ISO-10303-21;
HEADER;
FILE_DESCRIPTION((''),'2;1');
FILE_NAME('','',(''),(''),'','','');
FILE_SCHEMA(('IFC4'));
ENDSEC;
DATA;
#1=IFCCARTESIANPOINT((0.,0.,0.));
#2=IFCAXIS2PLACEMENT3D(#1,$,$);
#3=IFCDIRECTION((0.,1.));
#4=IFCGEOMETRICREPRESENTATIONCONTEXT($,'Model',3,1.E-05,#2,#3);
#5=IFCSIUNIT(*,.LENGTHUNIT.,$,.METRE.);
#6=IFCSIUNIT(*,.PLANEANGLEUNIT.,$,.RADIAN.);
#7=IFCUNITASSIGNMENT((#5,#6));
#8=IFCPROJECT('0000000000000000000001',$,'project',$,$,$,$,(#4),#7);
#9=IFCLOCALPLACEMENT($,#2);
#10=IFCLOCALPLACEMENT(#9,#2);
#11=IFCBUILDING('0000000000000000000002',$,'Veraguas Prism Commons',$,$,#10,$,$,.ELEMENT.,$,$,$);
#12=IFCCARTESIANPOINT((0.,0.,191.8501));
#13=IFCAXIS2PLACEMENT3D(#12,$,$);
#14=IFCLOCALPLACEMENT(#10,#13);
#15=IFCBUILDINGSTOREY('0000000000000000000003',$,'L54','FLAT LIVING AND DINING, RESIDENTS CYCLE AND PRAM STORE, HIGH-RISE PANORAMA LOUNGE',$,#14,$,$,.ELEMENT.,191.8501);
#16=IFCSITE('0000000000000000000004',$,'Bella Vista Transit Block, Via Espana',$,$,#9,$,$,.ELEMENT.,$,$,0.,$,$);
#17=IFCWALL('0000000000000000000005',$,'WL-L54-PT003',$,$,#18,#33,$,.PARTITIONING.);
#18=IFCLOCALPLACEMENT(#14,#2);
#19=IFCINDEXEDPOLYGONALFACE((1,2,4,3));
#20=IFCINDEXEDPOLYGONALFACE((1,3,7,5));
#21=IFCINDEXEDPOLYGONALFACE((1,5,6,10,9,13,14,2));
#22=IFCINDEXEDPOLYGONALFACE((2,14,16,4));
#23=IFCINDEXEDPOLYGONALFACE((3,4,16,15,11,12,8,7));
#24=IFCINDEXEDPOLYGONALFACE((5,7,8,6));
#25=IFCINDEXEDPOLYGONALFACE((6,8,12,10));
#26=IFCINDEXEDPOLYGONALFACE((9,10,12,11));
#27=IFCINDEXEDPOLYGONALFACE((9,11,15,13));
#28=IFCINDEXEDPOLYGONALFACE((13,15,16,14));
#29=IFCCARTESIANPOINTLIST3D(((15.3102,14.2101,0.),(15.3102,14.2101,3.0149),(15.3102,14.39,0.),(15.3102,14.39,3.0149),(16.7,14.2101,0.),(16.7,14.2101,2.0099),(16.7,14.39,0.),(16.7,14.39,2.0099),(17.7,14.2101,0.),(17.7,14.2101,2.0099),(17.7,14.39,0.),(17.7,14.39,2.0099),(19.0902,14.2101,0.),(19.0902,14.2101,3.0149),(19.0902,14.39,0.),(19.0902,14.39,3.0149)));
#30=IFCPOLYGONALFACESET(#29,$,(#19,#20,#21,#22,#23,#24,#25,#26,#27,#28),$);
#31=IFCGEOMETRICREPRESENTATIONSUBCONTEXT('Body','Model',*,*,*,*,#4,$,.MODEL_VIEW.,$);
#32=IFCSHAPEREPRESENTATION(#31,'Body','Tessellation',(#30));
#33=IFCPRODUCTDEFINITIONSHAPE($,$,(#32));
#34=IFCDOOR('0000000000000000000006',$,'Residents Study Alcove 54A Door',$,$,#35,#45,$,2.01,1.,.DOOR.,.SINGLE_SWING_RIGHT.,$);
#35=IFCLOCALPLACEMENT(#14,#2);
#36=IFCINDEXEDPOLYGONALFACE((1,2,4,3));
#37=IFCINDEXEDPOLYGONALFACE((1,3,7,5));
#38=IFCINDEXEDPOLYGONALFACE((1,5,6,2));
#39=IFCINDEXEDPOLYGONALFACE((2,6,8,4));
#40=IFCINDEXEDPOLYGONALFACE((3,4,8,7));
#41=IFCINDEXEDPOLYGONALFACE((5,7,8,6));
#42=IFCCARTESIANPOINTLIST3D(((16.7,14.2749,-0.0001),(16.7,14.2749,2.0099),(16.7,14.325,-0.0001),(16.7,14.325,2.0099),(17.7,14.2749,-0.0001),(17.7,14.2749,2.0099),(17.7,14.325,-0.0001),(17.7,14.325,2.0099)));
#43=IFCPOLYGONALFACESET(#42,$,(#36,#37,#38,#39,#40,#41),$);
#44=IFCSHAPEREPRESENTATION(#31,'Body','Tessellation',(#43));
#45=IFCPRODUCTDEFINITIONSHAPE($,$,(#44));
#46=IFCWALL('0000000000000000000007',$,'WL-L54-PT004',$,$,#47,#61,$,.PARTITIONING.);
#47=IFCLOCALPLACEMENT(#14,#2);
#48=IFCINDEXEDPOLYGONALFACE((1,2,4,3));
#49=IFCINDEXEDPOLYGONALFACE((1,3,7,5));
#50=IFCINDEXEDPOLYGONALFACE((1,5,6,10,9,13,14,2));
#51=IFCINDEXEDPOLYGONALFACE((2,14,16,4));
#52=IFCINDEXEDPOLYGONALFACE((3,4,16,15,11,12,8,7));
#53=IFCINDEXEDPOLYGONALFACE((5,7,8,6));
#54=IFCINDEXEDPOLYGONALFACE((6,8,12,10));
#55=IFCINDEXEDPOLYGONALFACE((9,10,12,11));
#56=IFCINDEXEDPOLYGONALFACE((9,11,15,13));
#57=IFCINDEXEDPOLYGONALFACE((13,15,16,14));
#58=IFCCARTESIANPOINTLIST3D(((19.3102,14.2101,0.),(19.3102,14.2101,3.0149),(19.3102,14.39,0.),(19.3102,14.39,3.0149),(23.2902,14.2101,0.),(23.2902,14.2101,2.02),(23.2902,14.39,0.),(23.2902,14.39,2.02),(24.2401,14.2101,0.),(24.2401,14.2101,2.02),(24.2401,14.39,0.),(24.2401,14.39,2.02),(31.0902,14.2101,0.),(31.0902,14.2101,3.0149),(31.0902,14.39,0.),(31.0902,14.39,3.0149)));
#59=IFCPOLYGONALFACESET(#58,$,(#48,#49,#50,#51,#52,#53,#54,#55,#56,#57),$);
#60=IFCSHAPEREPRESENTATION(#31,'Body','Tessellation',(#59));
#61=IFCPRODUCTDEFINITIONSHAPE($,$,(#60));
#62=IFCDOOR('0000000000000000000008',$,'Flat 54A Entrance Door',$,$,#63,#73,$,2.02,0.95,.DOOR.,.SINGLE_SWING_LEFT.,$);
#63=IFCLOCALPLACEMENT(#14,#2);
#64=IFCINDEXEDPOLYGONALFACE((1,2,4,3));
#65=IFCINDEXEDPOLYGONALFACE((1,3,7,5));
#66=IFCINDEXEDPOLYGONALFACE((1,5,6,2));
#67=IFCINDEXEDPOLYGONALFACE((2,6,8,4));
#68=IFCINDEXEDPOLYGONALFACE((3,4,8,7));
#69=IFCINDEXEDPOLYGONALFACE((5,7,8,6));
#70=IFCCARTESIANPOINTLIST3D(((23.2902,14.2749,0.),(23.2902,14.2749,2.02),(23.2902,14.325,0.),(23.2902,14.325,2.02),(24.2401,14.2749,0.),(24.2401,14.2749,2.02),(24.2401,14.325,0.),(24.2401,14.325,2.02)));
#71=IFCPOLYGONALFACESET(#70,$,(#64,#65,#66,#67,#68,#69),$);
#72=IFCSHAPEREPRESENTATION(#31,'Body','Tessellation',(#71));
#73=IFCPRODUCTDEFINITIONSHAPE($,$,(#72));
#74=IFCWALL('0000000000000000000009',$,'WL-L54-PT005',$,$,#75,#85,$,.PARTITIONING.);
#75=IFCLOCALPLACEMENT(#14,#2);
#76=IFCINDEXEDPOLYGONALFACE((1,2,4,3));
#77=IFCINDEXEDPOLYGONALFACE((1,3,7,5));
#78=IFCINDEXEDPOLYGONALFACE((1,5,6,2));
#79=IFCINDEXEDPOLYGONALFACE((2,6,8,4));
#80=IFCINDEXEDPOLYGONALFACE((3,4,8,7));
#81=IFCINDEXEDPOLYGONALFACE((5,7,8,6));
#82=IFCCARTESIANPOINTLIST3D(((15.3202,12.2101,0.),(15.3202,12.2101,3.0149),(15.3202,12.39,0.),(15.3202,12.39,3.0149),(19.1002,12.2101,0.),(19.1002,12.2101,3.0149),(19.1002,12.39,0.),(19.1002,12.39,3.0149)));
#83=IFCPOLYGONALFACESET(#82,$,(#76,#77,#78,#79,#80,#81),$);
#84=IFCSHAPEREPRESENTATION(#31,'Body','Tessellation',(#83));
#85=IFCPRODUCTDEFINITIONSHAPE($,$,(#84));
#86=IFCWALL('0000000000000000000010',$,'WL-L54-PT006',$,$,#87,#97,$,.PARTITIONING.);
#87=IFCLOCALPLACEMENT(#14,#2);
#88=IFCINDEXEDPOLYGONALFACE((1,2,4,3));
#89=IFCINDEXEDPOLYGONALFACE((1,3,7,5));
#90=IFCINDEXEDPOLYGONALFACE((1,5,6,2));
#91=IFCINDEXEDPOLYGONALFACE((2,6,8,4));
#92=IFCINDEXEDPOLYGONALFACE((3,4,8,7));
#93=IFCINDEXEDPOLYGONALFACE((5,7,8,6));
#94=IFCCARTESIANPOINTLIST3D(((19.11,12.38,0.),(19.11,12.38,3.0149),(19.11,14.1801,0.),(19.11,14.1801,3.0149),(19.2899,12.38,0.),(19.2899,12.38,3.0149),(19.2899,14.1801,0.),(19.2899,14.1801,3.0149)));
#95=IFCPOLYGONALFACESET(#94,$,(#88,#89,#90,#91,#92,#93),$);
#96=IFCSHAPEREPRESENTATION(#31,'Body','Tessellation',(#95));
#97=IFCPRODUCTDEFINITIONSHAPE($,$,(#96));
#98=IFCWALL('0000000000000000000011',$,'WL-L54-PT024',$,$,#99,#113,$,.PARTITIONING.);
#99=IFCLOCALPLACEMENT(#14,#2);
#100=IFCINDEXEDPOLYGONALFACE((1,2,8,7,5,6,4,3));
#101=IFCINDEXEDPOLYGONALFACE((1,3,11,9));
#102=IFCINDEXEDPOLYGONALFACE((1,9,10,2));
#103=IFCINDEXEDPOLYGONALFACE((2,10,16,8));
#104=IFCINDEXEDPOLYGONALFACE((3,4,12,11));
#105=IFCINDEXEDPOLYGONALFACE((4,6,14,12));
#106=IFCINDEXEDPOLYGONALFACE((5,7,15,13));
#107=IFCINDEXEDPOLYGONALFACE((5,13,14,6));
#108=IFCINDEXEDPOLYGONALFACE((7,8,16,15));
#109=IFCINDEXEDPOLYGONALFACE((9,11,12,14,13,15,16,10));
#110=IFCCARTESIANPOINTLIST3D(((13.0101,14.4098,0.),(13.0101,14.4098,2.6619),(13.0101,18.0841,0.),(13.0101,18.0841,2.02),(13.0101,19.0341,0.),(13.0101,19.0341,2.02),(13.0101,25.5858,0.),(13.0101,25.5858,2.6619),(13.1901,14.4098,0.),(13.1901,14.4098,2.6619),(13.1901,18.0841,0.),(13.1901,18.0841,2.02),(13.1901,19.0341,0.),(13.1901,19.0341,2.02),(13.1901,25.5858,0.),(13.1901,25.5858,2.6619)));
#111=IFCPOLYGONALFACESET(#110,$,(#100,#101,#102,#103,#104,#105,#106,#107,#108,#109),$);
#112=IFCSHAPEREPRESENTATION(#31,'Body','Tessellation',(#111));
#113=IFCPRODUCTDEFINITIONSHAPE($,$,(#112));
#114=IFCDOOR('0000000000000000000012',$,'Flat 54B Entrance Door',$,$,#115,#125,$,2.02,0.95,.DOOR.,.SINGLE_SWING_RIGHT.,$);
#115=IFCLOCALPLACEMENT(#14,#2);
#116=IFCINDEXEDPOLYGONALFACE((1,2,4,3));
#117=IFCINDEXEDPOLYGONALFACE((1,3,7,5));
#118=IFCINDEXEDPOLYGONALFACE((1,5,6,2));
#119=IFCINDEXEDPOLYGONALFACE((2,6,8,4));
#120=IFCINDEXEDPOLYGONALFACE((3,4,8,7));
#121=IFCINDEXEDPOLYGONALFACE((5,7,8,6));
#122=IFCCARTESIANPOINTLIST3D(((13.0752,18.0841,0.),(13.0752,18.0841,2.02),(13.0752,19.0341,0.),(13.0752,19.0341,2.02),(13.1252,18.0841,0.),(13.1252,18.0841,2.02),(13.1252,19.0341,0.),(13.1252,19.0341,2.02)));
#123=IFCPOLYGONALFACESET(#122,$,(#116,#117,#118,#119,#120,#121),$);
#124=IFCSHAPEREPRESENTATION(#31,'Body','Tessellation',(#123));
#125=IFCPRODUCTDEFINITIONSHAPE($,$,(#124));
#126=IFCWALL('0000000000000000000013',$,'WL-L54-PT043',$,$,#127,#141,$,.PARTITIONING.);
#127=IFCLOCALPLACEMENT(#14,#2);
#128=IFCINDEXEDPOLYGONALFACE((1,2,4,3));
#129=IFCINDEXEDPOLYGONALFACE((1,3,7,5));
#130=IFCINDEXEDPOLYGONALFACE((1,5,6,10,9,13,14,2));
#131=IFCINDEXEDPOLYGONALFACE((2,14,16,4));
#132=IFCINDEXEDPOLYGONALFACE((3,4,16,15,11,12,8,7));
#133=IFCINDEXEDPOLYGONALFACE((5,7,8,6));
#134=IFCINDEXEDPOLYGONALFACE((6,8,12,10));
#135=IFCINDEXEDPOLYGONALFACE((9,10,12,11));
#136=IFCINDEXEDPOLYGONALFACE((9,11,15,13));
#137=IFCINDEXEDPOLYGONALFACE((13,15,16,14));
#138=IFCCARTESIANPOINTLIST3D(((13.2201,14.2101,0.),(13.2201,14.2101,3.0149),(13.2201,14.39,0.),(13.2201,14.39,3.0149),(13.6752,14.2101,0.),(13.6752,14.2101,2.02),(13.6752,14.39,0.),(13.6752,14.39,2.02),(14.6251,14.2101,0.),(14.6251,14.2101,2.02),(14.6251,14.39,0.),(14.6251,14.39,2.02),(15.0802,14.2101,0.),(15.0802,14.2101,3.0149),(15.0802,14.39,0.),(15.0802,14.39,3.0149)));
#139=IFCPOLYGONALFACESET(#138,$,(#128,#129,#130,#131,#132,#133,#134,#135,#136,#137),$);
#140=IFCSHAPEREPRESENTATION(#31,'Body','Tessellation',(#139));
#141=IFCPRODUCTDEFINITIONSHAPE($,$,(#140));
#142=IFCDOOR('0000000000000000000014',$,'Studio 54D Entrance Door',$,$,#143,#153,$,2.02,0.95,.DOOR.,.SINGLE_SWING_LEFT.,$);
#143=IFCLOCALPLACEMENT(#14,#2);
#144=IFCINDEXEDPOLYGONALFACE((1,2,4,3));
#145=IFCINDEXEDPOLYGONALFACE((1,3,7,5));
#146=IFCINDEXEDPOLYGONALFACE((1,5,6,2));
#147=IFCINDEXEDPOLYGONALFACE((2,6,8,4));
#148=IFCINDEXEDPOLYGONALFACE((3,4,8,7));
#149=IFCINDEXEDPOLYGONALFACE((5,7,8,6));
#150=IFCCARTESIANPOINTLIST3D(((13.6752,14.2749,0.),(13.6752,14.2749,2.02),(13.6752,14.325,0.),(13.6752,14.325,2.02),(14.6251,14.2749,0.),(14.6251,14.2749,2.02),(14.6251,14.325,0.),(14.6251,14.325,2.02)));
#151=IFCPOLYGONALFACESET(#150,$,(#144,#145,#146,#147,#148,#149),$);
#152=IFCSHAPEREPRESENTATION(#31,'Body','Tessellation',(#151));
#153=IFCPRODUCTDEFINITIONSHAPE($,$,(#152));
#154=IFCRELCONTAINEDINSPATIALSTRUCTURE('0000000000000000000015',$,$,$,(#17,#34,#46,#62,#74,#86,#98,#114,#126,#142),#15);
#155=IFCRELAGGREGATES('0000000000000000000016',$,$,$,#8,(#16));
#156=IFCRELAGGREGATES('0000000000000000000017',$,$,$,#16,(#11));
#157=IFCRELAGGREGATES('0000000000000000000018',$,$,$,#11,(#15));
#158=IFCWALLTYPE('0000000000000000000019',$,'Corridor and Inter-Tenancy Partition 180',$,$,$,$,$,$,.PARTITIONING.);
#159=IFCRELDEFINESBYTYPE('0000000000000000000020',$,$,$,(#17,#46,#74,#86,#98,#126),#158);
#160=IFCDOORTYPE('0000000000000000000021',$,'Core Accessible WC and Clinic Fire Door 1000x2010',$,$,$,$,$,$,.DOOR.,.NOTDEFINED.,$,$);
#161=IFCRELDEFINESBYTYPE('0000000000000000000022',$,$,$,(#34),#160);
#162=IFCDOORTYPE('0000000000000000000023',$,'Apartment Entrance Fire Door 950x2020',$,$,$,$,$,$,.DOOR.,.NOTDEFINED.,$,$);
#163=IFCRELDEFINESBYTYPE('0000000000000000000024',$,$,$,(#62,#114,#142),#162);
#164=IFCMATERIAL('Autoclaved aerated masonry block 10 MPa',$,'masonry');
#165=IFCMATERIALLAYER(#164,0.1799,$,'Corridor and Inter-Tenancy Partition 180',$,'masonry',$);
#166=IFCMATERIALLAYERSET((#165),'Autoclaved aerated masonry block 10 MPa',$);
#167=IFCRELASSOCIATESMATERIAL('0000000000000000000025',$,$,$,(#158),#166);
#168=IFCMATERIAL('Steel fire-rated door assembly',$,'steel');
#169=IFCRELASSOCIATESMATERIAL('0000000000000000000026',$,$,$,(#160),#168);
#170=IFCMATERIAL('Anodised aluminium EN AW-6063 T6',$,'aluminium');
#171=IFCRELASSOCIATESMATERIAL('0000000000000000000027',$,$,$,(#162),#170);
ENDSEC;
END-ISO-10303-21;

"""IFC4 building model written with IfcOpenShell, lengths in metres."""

from ifc_helpers import new_model, si_unit, direction, frame, frame_2d, origin, place, context, subcontext, project, spatial, rectangle, extrude, source, transform, mapped, material, layer, layer_set, type_object, element, fill, save


model = new_model("IFC4")

# Units and contexts
model_context = context("Model", 3, precision=1e-05, world=origin(), true_north=direction((0.0, 1.0)))
body_context = subcontext(model_context, "Body", "Model", "MODEL_VIEW")
ifc_project = project(units=[si_unit("LENGTHUNIT", "METRE"), si_unit("PLANEANGLEUNIT", "RADIAN")], contexts=[model_context])

# Site, building, storey
site_placement = place(None, origin())
site = spatial("IfcSite", under=ifc_project, at=site_placement, Name="Bella Vista Transit Block, Via Espana", CompositionType="ELEMENT", RefElevation=0.0)
building_placement = place(site_placement, origin())
building = spatial("IfcBuilding", under=site, at=building_placement, Name="Veraguas Prism Commons", CompositionType="ELEMENT")
storey_placement = place(building_placement, frame((0.0, 0.0, 191.8501)))
storey = spatial("IfcBuildingStorey", under=building, at=storey_placement, Name="L54", Description="FLAT LIVING AND DINING, RESIDENTS CYCLE AND PRAM STORE, HIGH-RISE PANORAMA LOUNGE", CompositionType="ELEMENT", Elevation=191.8501)

# Shared definitions
ifc_material_1 = material(Name="Steel fire-rated door assembly", Category="steel")

# Shared definitions
ifc_material_2 = material(Name="Autoclaved aerated masonry block 10 MPa", Category="masonry")
ifc_layer_1 = layer(ifc_material_2, 0.1799, Name="Corridor and Inter-Tenancy Partition 180", Category="masonry")
ifc_layer_set_1 = layer_set([ifc_layer_1], Name="Autoclaved aerated masonry block 10 MPa")
wall_type_1 = type_object("IfcWallType", Name="Corridor and Inter-Tenancy Partition 180", PredefinedType="PARTITIONING", material=ifc_layer_set_1)

# Walls, openings, doors
wall_1_placement = place(storey_placement, frame((15.3101, 14.3, 0.0), z_axis=(0.0, 0.0, 1.0), x_axis=(1.0, 0.0, 0.0)))
wall_1 = element("IfcWall", 1, at=wall_1_placement, inside=storey, type_object=wall_type_1, Name="WL-L54-PT003", PredefinedType="PARTITIONING", context=body_context, shape_type="SweptSolid", body=[
    extrude(rectangle(XDim=3.78, YDim=0.1799, at=frame_2d((1.8901, 0.0))), origin(), (0.0, 0.0, 1.0), 3.0149),
])
opening_1_placement = place(wall_1_placement, frame((1.3899, 0.0, 0.0)))
opening_1 = element("IfcOpeningElement", 2, at=opening_1_placement, cuts=wall_1, PredefinedType="OPENING", context=body_context, shape_type="SweptSolid", body=[
    extrude(rectangle(XDim=1.0, YDim=2.01, at=frame_2d((0.5, 1.0049))), frame((0.0, 0.0999, 0.0), z_axis=(0.0, -1.0, 0.0), x_axis=(1.0, 0.0, 0.0)), (0.0, 0.0, 1.0), 0.2),
])
door_type_1 = type_object("IfcDoorType", Name="Core Accessible WC and Clinic Fire Door 1000x2010", OperationType="NOTDEFINED", PredefinedType="DOOR", material=ifc_material_1)
shared_shape_1 = source(origin(), body_context, "Body", "SweptSolid", [
    extrude(rectangle(XDim=1.0, YDim=2.01, at=frame_2d((0.5, 1.0049))), frame((0.0, 0.0249, 0.0), z_axis=(0.0, -1.0, 0.0), x_axis=(1.0, 0.0, 0.0)), (0.0, 0.0, 1.0), 0.05),
])
door_1_placement = place(opening_1_placement, origin())
door_1 = element("IfcDoor", 3, at=door_1_placement, inside=storey, type_object=door_type_1, Name="Residents Study Alcove 54A Door", OperationType="SINGLE_SWING_RIGHT", OverallHeight=2.01, OverallWidth=1.0, PredefinedType="DOOR", context=body_context, shape_type="MappedRepresentation", body=[
    mapped(shared_shape_1, transform((0.0, 0.0, 0.0), scale=1.0)),
])
fill(opening_1, door_1)
wall_2_placement = place(storey_placement, frame((19.3101, 14.3, 0.0), z_axis=(0.0, 0.0, 1.0), x_axis=(1.0, 0.0, 0.0)))
wall_2 = element("IfcWall", 4, at=wall_2_placement, inside=storey, type_object=wall_type_1, Name="WL-L54-PT004", PredefinedType="PARTITIONING", context=body_context, shape_type="SweptSolid", body=[
    extrude(rectangle(XDim=11.78, YDim=0.1799, at=frame_2d((5.8901, 0.0))), origin(), (0.0, 0.0, 1.0), 3.0149),
])
opening_2_placement = place(wall_2_placement, frame((3.98, 0.0, 0.0)))
opening_2 = element("IfcOpeningElement", 5, at=opening_2_placement, cuts=wall_2, PredefinedType="OPENING", context=body_context, shape_type="SweptSolid", body=[
    extrude(rectangle(XDim=0.95, YDim=2.02, at=frame_2d((0.4751, 1.01))), frame((0.0, 0.0999, 0.0), z_axis=(0.0, -1.0, 0.0), x_axis=(1.0, 0.0, 0.0)), (0.0, 0.0, 1.0), 0.2),
])
ifc_material_3 = material(Name="Anodised aluminium EN AW-6063 T6", Category="aluminium")
door_type_2 = type_object("IfcDoorType", Name="Apartment Entrance Fire Door 950x2020", OperationType="NOTDEFINED", PredefinedType="DOOR", material=ifc_material_3)
shared_shape_2 = source(origin(), body_context, "Body", "SweptSolid", [
    extrude(rectangle(XDim=0.95, YDim=2.02, at=frame_2d((0.4751, 1.01))), frame((0.0, 0.0249, 0.0), z_axis=(0.0, -1.0, 0.0), x_axis=(1.0, 0.0, 0.0)), (0.0, 0.0, 1.0), 0.05),
])
door_2_placement = place(opening_2_placement, origin())
door_2 = element("IfcDoor", 6, at=door_2_placement, inside=storey, type_object=door_type_2, Name="Flat 54A Entrance Door", OperationType="SINGLE_SWING_LEFT", OverallHeight=2.02, OverallWidth=0.95, PredefinedType="DOOR", context=body_context, shape_type="MappedRepresentation", body=[
    mapped(shared_shape_2, transform((0.0, 0.0, 0.0), scale=1.0)),
])
fill(opening_2, door_2)

# Walls
wall_3_placement = place(storey_placement, frame((15.3201, 12.3, 0.0), z_axis=(0.0, 0.0, 1.0), x_axis=(1.0, 0.0, 0.0)))
element("IfcWall", 7, at=wall_3_placement, inside=storey, type_object=wall_type_1, Name="WL-L54-PT005", PredefinedType="PARTITIONING", context=body_context, shape_type="SweptSolid", body=[
    extrude(rectangle(XDim=3.78, YDim=0.1799, at=frame_2d((1.8901, 0.0))), origin(), (0.0, 0.0, 1.0), 3.0149),
])
wall_4_placement = place(storey_placement, frame((19.2, 14.1799, 0.0), z_axis=(0.0, 0.0, 1.0), x_axis=(0.0, -1.0, 0.0)))
element("IfcWall", 8, at=wall_4_placement, inside=storey, type_object=wall_type_1, Name="WL-L54-PT006", PredefinedType="PARTITIONING", context=body_context, shape_type="SweptSolid", body=[
    extrude(rectangle(XDim=1.8, YDim=0.1799, at=frame_2d((0.8999, 0.0))), origin(), (0.0, 0.0, 1.0), 3.0149),
])

# Walls, openings, doors
wall_5_placement = place(storey_placement, frame((13.1001, 14.4099, 0.0), z_axis=(0.0, 0.0, 1.0), x_axis=(0.0, 1.0, 0.0)))
wall_5 = element("IfcWall", 9, at=wall_5_placement, inside=storey, type_object=wall_type_1, Name="WL-L54-PT024", PredefinedType="PARTITIONING", context=body_context, shape_type="SweptSolid", body=[
    extrude(rectangle(XDim=11.176, YDim=0.1799, at=frame_2d((5.5879, 0.0))), origin(), (0.0, 0.0, 1.0), 2.6619),
])
opening_3_placement = place(wall_5_placement, frame((3.6741, 0.0, 0.0)))
opening_3 = element("IfcOpeningElement", 10, at=opening_3_placement, cuts=wall_5, PredefinedType="OPENING", context=body_context, shape_type="SweptSolid", body=[
    extrude(rectangle(XDim=0.95, YDim=2.02, at=frame_2d((0.4751, 1.01))), frame((0.0, 0.0999, 0.0), z_axis=(0.0, -1.0, 0.0), x_axis=(1.0, 0.0, 0.0)), (0.0, 0.0, 1.0), 0.2),
])
door_3_placement = place(opening_3_placement, origin())
door_3 = element("IfcDoor", 11, at=door_3_placement, inside=storey, type_object=door_type_2, Name="Flat 54B Entrance Door", OperationType="SINGLE_SWING_RIGHT", OverallHeight=2.02, OverallWidth=0.95, PredefinedType="DOOR", context=body_context, shape_type="MappedRepresentation", body=[
    mapped(shared_shape_2, transform((0.0, 0.0, 0.0), scale=1.0)),
])
fill(opening_3, door_3)
wall_6_placement = place(storey_placement, frame((13.22, 14.3, 0.0), z_axis=(0.0, 0.0, 1.0), x_axis=(1.0, 0.0, 0.0)))
wall_6 = element("IfcWall", 12, at=wall_6_placement, inside=storey, type_object=wall_type_1, Name="WL-L54-PT043", PredefinedType="PARTITIONING", context=body_context, shape_type="SweptSolid", body=[
    extrude(rectangle(XDim=1.8601, YDim=0.1799, at=frame_2d((0.9302, 0.0))), origin(), (0.0, 0.0, 1.0), 3.0149),
])
opening_4_placement = place(wall_6_placement, frame((0.4551, 0.0, 0.0)))
opening_4 = element("IfcOpeningElement", 13, at=opening_4_placement, cuts=wall_6, PredefinedType="OPENING", context=body_context, shape_type="SweptSolid", body=[
    extrude(rectangle(XDim=0.95, YDim=2.02, at=frame_2d((0.4751, 1.01))), frame((0.0, 0.0999, 0.0), z_axis=(0.0, -1.0, 0.0), x_axis=(1.0, 0.0, 0.0)), (0.0, 0.0, 1.0), 0.2),
])
door_4_placement = place(opening_4_placement, origin())
door_4 = element("IfcDoor", 14, at=door_4_placement, inside=storey, type_object=door_type_2, Name="Studio 54D Entrance Door", OperationType="SINGLE_SWING_LEFT", OverallHeight=2.02, OverallWidth=0.95, PredefinedType="DOOR", context=body_context, shape_type="MappedRepresentation", body=[
    mapped(shared_shape_2, transform((0.0, 0.0, 0.0), scale=1.0)),
])
fill(opening_4, door_4)

save(model, "model.ifc")
